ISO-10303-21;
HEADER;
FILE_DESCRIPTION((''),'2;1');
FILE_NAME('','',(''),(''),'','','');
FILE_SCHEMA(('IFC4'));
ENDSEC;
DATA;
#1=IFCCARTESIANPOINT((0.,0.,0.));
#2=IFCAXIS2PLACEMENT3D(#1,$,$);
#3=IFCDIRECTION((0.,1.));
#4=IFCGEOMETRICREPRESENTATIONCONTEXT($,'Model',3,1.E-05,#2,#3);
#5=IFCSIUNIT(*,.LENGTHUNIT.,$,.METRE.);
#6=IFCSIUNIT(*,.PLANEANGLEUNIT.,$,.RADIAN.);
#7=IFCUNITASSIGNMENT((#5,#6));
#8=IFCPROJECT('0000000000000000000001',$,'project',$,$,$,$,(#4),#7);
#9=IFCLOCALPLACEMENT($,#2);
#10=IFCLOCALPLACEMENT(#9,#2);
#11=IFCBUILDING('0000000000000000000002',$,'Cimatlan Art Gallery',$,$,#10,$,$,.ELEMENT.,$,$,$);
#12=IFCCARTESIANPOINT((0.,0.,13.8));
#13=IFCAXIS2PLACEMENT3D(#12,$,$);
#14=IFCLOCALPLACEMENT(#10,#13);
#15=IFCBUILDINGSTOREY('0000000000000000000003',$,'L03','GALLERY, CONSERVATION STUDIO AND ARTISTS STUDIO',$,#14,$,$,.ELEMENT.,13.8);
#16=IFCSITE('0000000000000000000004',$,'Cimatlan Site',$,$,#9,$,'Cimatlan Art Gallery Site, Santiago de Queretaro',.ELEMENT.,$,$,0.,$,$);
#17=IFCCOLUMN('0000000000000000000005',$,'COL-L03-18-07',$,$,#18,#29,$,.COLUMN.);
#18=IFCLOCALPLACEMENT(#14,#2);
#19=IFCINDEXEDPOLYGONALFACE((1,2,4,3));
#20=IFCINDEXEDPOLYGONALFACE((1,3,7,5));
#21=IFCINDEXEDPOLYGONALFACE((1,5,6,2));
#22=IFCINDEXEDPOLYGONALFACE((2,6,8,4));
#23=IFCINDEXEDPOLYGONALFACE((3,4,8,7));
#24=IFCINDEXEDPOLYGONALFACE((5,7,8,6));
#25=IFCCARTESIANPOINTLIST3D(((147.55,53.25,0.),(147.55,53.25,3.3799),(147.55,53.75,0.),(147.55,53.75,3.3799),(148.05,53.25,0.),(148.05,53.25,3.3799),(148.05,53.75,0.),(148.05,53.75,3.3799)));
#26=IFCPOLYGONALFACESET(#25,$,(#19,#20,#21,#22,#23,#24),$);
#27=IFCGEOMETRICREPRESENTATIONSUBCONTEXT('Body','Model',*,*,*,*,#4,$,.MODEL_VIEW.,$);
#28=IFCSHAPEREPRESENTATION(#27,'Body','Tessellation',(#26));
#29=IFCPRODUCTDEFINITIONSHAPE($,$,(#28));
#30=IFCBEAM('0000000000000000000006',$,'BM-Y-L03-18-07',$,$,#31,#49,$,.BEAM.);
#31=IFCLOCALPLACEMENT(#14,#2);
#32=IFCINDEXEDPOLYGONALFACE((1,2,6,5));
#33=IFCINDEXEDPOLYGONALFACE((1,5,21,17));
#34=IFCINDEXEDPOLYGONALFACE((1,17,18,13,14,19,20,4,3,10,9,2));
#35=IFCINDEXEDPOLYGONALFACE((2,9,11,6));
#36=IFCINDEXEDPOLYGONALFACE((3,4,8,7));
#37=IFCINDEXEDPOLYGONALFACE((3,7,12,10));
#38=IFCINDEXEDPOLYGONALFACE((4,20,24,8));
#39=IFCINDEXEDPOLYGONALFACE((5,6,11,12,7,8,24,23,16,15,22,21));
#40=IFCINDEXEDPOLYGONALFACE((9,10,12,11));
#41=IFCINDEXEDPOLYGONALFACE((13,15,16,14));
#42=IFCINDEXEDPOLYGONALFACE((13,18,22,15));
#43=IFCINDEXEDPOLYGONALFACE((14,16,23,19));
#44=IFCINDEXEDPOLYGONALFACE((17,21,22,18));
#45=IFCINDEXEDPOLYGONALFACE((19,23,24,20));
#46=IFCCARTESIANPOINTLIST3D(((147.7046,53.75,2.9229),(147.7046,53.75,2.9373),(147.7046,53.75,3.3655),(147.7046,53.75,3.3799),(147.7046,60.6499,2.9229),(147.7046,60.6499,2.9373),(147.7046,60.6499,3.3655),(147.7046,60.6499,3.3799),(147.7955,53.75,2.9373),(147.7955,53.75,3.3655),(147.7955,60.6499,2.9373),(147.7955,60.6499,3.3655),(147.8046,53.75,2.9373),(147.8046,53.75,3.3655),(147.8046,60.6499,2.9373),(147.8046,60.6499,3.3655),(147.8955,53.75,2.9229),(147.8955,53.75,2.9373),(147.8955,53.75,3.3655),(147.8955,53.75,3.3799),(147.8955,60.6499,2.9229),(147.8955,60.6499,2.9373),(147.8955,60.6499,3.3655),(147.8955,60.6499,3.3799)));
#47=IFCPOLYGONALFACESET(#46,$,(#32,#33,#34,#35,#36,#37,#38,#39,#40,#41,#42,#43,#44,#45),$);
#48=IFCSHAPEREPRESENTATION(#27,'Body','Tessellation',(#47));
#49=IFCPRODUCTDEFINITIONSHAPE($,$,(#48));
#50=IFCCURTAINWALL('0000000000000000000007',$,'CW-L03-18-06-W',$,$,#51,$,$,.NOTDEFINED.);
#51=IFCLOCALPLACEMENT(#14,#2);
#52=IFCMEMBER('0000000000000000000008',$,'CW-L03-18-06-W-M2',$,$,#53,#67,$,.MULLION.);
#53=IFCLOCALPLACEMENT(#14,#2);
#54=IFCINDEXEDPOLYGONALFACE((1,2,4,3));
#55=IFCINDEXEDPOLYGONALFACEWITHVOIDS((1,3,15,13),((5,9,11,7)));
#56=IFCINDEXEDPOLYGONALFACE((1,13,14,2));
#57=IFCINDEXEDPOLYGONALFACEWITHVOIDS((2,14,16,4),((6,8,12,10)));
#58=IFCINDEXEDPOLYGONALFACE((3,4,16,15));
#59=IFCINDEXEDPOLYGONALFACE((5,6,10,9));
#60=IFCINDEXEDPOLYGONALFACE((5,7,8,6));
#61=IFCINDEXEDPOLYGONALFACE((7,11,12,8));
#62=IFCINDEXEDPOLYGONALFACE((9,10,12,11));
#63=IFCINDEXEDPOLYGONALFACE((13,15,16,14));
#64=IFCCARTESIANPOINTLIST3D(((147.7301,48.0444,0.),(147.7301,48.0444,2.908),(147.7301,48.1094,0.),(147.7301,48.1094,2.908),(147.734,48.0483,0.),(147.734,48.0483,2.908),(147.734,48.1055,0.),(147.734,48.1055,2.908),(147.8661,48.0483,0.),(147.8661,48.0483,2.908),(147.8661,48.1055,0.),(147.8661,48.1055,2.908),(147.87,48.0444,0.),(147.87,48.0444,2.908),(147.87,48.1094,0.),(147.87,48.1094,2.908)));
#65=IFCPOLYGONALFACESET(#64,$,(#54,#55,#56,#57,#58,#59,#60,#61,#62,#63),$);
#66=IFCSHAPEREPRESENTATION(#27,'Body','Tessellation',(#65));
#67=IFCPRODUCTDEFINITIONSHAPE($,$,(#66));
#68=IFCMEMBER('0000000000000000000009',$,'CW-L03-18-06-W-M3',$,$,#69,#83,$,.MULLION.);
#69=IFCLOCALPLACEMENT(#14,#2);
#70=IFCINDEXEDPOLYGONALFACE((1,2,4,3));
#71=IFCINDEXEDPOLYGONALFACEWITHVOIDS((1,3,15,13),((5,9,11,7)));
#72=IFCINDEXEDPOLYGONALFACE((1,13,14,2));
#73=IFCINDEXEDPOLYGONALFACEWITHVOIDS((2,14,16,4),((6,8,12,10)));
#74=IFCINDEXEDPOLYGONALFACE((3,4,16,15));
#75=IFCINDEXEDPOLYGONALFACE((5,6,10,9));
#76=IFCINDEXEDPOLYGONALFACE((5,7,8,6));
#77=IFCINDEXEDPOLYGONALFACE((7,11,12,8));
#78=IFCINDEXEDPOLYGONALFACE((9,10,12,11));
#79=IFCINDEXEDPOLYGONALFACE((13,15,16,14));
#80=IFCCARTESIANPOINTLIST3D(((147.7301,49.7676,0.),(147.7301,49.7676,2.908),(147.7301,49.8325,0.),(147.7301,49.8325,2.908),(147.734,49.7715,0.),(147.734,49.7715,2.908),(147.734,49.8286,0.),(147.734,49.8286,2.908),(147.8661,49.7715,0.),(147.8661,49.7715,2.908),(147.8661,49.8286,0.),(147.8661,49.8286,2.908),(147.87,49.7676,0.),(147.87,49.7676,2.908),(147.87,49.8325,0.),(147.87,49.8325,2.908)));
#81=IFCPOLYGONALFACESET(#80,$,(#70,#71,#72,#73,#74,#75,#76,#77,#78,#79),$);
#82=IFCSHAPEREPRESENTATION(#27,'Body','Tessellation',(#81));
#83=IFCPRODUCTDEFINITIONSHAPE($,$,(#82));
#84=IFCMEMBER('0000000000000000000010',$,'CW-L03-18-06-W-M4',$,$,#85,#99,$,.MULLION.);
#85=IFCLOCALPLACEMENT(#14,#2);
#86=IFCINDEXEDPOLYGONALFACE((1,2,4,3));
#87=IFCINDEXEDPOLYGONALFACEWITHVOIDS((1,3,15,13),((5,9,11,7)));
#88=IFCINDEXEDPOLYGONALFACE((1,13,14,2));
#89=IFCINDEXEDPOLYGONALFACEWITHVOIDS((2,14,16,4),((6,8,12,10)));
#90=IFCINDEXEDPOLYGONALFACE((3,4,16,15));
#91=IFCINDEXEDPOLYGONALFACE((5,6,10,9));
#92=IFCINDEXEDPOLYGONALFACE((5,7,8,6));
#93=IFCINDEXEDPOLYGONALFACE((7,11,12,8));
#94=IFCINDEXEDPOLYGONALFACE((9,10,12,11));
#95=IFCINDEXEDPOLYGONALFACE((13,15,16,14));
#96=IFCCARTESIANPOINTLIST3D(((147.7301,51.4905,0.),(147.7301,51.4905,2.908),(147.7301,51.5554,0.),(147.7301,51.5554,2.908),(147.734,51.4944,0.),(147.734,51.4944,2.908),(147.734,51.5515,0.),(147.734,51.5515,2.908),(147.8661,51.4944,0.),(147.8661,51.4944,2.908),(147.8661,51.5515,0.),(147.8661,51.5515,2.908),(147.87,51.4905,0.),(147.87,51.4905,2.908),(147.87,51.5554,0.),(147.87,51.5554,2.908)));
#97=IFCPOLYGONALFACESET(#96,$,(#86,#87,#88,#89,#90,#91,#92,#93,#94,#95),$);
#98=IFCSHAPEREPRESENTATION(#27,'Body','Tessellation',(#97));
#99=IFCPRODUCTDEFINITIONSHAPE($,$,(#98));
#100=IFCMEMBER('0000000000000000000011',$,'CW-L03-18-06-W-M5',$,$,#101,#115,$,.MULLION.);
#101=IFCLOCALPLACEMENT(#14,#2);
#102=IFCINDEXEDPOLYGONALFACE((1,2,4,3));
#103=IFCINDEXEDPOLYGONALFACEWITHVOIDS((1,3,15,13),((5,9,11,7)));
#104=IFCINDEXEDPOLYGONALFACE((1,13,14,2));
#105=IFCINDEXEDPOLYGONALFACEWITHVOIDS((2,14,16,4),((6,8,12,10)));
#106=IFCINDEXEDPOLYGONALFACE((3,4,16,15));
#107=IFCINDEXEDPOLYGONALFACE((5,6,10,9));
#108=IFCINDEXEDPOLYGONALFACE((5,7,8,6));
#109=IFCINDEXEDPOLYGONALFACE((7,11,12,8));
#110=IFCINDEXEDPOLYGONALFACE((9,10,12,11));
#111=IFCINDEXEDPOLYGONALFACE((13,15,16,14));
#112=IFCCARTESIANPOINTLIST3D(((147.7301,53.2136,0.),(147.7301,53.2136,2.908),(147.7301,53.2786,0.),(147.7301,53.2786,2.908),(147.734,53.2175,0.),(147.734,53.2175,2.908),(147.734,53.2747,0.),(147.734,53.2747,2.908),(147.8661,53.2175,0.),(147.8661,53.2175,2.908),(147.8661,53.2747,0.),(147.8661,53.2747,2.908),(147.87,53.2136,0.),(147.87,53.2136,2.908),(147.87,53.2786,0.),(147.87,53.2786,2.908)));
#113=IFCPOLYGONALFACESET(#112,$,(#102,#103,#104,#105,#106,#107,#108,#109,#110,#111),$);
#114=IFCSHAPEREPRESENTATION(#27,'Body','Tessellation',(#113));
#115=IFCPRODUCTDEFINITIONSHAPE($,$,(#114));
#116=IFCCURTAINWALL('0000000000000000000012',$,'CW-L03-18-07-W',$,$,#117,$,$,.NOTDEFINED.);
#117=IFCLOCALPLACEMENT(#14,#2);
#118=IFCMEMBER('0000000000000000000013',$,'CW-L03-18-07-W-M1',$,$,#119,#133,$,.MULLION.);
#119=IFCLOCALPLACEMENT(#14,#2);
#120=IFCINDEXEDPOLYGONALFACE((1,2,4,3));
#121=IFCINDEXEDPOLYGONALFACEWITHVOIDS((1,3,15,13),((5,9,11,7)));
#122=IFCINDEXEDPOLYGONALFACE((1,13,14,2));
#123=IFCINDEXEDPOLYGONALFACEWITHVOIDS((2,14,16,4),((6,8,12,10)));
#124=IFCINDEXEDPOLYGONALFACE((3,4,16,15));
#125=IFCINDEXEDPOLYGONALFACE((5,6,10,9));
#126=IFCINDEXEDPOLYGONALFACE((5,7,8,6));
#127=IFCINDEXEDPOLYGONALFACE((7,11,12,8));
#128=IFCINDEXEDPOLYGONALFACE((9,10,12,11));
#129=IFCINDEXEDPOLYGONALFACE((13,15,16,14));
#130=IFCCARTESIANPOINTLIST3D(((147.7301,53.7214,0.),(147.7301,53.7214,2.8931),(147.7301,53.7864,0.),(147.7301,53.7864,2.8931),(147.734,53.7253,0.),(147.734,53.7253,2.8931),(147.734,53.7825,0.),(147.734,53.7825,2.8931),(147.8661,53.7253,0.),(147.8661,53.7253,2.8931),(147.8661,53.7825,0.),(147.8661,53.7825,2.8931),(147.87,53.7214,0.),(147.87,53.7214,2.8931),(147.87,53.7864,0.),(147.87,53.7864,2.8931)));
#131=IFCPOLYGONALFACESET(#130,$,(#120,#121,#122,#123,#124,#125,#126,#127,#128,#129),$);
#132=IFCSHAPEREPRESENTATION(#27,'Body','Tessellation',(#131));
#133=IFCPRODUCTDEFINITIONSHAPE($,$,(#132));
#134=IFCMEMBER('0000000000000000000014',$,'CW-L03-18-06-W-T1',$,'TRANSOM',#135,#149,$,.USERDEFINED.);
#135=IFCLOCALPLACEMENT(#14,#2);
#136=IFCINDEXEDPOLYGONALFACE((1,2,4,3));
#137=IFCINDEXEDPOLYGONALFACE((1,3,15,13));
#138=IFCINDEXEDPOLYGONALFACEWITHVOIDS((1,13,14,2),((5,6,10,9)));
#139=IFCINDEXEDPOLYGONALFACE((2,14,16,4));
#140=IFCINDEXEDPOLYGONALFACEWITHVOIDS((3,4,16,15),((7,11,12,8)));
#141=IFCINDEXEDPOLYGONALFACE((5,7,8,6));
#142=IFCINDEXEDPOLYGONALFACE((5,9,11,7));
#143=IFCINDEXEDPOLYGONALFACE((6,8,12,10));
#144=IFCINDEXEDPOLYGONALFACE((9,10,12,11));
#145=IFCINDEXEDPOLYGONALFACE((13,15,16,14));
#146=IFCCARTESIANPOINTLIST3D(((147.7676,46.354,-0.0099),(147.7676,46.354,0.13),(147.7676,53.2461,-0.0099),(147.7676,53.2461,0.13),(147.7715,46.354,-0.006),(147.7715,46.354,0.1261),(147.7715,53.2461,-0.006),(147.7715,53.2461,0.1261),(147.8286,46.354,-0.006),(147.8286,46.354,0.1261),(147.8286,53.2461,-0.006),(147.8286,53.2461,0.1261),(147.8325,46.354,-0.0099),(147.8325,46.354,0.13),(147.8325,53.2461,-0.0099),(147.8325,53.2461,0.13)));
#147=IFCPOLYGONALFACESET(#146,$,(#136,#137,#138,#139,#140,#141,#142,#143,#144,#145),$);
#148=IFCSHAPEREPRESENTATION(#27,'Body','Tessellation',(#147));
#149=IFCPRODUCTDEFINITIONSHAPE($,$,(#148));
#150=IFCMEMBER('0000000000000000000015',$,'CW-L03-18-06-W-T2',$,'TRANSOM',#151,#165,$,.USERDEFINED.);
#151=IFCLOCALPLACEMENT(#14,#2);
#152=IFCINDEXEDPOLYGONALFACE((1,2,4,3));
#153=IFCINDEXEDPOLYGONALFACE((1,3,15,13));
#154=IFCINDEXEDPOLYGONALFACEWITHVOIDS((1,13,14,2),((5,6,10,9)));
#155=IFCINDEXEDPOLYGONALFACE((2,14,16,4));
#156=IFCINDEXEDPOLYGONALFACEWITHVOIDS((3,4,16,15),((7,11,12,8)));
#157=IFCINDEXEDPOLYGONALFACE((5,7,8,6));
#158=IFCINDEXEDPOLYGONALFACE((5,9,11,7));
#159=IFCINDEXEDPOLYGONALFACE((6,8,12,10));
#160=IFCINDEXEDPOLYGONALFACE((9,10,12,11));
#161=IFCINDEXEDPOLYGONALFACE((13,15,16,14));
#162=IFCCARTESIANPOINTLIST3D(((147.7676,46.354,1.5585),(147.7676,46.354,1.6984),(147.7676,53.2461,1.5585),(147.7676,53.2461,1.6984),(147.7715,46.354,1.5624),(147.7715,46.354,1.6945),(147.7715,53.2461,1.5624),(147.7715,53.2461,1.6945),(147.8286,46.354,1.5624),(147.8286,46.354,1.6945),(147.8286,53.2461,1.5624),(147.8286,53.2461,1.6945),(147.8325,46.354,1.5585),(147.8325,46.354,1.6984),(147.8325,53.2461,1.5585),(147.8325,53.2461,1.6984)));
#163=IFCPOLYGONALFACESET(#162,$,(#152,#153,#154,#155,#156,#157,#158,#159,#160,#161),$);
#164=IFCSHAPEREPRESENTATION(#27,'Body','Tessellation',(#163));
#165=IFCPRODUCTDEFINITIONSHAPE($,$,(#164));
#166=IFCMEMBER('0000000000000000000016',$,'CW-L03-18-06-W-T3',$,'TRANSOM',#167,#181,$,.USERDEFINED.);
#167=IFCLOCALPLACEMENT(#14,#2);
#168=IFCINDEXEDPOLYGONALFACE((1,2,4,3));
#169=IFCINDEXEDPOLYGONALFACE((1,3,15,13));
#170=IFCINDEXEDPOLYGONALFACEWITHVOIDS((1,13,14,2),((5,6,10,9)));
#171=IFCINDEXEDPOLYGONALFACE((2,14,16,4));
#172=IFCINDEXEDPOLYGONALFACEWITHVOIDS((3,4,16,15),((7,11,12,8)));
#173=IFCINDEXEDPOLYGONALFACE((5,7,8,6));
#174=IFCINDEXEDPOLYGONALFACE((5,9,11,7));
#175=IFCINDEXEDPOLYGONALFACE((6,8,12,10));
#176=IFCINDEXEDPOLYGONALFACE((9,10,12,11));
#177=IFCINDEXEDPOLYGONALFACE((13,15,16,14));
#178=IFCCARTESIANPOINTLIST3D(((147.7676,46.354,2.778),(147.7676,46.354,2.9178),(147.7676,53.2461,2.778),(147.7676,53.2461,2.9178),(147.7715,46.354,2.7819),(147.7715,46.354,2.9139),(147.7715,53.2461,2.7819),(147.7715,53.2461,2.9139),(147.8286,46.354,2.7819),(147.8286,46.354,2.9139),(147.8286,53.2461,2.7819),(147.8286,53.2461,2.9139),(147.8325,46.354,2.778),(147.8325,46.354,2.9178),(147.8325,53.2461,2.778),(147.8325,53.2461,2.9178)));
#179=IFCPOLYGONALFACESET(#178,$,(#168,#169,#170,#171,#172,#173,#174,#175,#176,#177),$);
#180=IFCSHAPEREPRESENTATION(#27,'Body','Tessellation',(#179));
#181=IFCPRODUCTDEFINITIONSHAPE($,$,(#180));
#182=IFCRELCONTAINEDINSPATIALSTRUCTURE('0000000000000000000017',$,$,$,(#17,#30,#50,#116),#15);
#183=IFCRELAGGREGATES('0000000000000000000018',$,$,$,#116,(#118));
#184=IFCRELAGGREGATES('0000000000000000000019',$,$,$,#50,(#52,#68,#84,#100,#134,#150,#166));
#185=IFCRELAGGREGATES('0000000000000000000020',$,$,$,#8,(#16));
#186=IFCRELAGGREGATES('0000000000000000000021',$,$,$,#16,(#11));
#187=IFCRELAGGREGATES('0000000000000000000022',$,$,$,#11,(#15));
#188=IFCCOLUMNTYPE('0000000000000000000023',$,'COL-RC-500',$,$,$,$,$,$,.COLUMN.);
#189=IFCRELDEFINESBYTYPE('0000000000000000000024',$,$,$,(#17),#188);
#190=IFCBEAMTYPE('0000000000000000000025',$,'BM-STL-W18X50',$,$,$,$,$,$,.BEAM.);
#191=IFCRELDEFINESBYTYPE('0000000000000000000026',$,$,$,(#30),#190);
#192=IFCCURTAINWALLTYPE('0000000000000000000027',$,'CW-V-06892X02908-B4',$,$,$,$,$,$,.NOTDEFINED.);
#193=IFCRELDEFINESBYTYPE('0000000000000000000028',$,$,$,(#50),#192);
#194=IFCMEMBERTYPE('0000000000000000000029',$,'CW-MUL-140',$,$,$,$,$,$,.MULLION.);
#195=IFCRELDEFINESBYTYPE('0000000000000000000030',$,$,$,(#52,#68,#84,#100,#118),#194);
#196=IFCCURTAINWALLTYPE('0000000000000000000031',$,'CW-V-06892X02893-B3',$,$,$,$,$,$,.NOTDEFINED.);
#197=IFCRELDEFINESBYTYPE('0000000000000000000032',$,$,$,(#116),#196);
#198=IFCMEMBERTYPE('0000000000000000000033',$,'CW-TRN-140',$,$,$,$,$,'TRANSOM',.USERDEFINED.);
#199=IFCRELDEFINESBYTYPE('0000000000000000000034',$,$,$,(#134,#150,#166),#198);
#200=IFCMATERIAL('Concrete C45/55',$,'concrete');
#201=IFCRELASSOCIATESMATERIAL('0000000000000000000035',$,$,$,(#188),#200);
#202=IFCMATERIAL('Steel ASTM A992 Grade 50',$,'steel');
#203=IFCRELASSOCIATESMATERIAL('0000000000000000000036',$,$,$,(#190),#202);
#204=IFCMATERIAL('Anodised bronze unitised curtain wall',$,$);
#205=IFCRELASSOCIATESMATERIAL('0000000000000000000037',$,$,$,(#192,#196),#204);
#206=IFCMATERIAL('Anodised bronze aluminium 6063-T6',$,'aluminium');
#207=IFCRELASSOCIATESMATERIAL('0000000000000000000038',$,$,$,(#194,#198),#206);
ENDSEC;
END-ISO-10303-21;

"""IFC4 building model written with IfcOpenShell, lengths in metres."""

from ifc_helpers import new_model, si_unit, direction, frame, origin, origin_2d, place, context, subcontext, project, spatial, rectangle, hollow_rectangle, i_section, extrude, material, material_profile, profile_set, type_object, element, aggregate, save


model = new_model("IFC4")

# Units and contexts
model_context = context("Model", 3, precision=1e-05, world=origin(), true_north=direction((0.0, 1.0)))
body_context = subcontext(model_context, "Body", "Model", "MODEL_VIEW")
ifc_project = project(units=[si_unit("LENGTHUNIT", "METRE"), si_unit("PLANEANGLEUNIT", "RADIAN")], contexts=[model_context])

# Site, building, storey
site_placement = place(None, origin())
site = spatial("IfcSite", under=ifc_project, at=site_placement, Name="Cimatlan Site", LongName="Cimatlan Art Gallery Site, Santiago de Queretaro", CompositionType="ELEMENT", RefElevation=0.0)
building_placement = place(site_placement, origin())
building = spatial("IfcBuilding", under=site, at=building_placement, Name="Cimatlan Art Gallery", CompositionType="ELEMENT")
storey_placement = place(building_placement, frame((0.0, 0.0, 13.8)))
storey = spatial("IfcBuildingStorey", under=building, at=storey_placement, Name="L03", Description="GALLERY, CONSERVATION STUDIO AND ARTISTS STUDIO", CompositionType="ELEMENT", Elevation=13.8)

# Column
ifc_material_1 = material(Name="Concrete C45/55", Category="concrete")
ifc_material_profile_1 = material_profile(ifc_material_1, rectangle(XDim=0.5, YDim=0.5, at=origin_2d()), Name="RC500X500")
ifc_profile_set_1 = profile_set([ifc_material_profile_1], Name="Concrete C45/55")
column_type = type_object("IfcColumnType", Name="COL-RC-500", PredefinedType="COLUMN", material=ifc_profile_set_1)
column_placement = place(storey_placement, frame((147.8, 53.5, 0.0), z_axis=(0.0, 0.0, 1.0), x_axis=(1.0, 0.0, 0.0)))
element("IfcColumn", 1, at=column_placement, inside=storey, type_object=column_type, Name="COL-L03-18-07", PredefinedType="COLUMN", context=body_context, shape_type="SweptSolid", body=[
    extrude(rectangle(XDim=0.5, YDim=0.5, at=origin_2d()), origin(), (0.0, 0.0, 1.0), 3.3799),
])

# Beam
ifc_material_2 = material(Name="Steel ASTM A992 Grade 50", Category="steel")
ifc_material_profile_2 = material_profile(ifc_material_2, i_section(OverallWidth=0.1909, OverallDepth=0.457, WebThickness=0.009, FlangeThickness=0.0144, at=origin_2d()), Name="W18X50")
ifc_profile_set_2 = profile_set([ifc_material_profile_2], Name="Steel ASTM A992 Grade 50")
beam_type = type_object("IfcBeamType", Name="BM-STL-W18X50", PredefinedType="BEAM", material=ifc_profile_set_2)
beam_placement = place(storey_placement, frame((147.8, 53.75, 3.1514), z_axis=(0.0, 1.0, 0.0), x_axis=(-1.0, 0.0, 0.0)))
element("IfcBeam", 2, at=beam_placement, inside=storey, type_object=beam_type, Name="BM-Y-L03-18-07", PredefinedType="BEAM", context=body_context, shape_type="SweptSolid", body=[
    extrude(i_section(OverallWidth=0.1909, OverallDepth=0.457, WebThickness=0.009, FlangeThickness=0.0144, at=origin_2d()), origin(), (0.0, 0.0, 1.0), 6.8999),
])

# Curtain wall, members
ifc_material_3 = material(Name="Anodised bronze unitised curtain wall")
curtain_wall_type_1 = type_object("IfcCurtainWallType", Name="CW-V-06892X02908-B4", PredefinedType="NOTDEFINED", material=ifc_material_3)
curtain_wall_1_placement = place(storey_placement, origin())
curtain_wall_1 = element("IfcCurtainWall", 3, at=curtain_wall_1_placement, inside=storey, type_object=curtain_wall_type_1, Name="CW-L03-18-06-W", PredefinedType="NOTDEFINED")
ifc_material_4 = material(Name="Anodised bronze aluminium 6063-T6", Category="aluminium")
ifc_material_profile_3 = material_profile(ifc_material_4, hollow_rectangle(XDim=0.0649, YDim=0.1399, WallThickness=0.0039, at=origin_2d()), Name="ALU65X140X4")
ifc_profile_set_3 = profile_set([ifc_material_profile_3], Name="Anodised bronze aluminium 6063-T6")
member_type_1 = type_object("IfcMemberType", Name="CW-MUL-140", PredefinedType="MULLION", material=ifc_profile_set_3)
member_1_placement = place(storey_placement, frame((147.8, 48.0769, 0.0), z_axis=(0.0, 0.0, 1.0), x_axis=(0.0, 1.0, 0.0)))
member_1 = element("IfcMember", 4, at=member_1_placement, type_object=member_type_1, Name="CW-L03-18-06-W-M2", PredefinedType="MULLION", context=body_context, shape_type="SweptSolid", body=[
    extrude(hollow_rectangle(XDim=0.0649, YDim=0.1399, WallThickness=0.0039, at=origin_2d()), origin(), (0.0, 0.0, 1.0), 2.908),
])
member_2_placement = place(storey_placement, frame((147.8, 49.8, 0.0), z_axis=(0.0, 0.0, 1.0), x_axis=(0.0, 1.0, 0.0)))
member_2 = element("IfcMember", 5, at=member_2_placement, type_object=member_type_1, Name="CW-L03-18-06-W-M3", PredefinedType="MULLION", context=body_context, shape_type="SweptSolid", body=[
    extrude(hollow_rectangle(XDim=0.0649, YDim=0.1399, WallThickness=0.0039, at=origin_2d()), origin(), (0.0, 0.0, 1.0), 2.908),
])
member_3_placement = place(storey_placement, frame((147.8, 51.5229, 0.0), z_axis=(0.0, 0.0, 1.0), x_axis=(0.0, 1.0, 0.0)))
member_3 = element("IfcMember", 6, at=member_3_placement, type_object=member_type_1, Name="CW-L03-18-06-W-M4", PredefinedType="MULLION", context=body_context, shape_type="SweptSolid", body=[
    extrude(hollow_rectangle(XDim=0.0649, YDim=0.1399, WallThickness=0.0039, at=origin_2d()), origin(), (0.0, 0.0, 1.0), 2.908),
])
member_4_placement = place(storey_placement, frame((147.8, 53.2461, 0.0), z_axis=(0.0, 0.0, 1.0), x_axis=(0.0, 1.0, 0.0)))
member_4 = element("IfcMember", 7, at=member_4_placement, type_object=member_type_1, Name="CW-L03-18-06-W-M5", PredefinedType="MULLION", context=body_context, shape_type="SweptSolid", body=[
    extrude(hollow_rectangle(XDim=0.0649, YDim=0.1399, WallThickness=0.0039, at=origin_2d()), origin(), (0.0, 0.0, 1.0), 2.908),
])

# Curtain wall, member
curtain_wall_type_2 = type_object("IfcCurtainWallType", Name="CW-V-06892X02893-B3", PredefinedType="NOTDEFINED", material=ifc_material_3)
curtain_wall_2_placement = place(storey_placement, origin())
curtain_wall_2 = element("IfcCurtainWall", 8, at=curtain_wall_2_placement, inside=storey, type_object=curtain_wall_type_2, Name="CW-L03-18-07-W", PredefinedType="NOTDEFINED")
member_5_placement = place(storey_placement, frame((147.8, 53.7539, 0.0), z_axis=(0.0, 0.0, 1.0), x_axis=(0.0, 1.0, 0.0)))
member_5 = element("IfcMember", 9, at=member_5_placement, type_object=member_type_1, Name="CW-L03-18-07-W-M1", PredefinedType="MULLION", context=body_context, shape_type="SweptSolid", body=[
    extrude(hollow_rectangle(XDim=0.0649, YDim=0.1399, WallThickness=0.0039, at=origin_2d()), origin(), (0.0, 0.0, 1.0), 2.8931),
])

# Members
ifc_material_profile_4 = material_profile(ifc_material_4, hollow_rectangle(XDim=0.0649, YDim=0.1399, WallThickness=0.0039, at=origin_2d()), Name="ALU65X140X4")
ifc_profile_set_4 = profile_set([ifc_material_profile_4], Name="Anodised bronze aluminium 6063-T6")
member_type_2 = type_object("IfcMemberType", Name="CW-TRN-140", ElementType="TRANSOM", PredefinedType="USERDEFINED", material=ifc_profile_set_4)
member_6_placement = place(storey_placement, frame((147.8, 46.354, 0.0601), z_axis=(0.0, 1.0, 0.0), x_axis=(-1.0, 0.0, 0.0)))
member_6 = element("IfcMember", 10, at=member_6_placement, type_object=member_type_2, Name="CW-L03-18-06-W-T1", ObjectType="TRANSOM", PredefinedType="USERDEFINED", context=body_context, shape_type="SweptSolid", body=[
    extrude(hollow_rectangle(XDim=0.0649, YDim=0.1399, WallThickness=0.0039, at=origin_2d()), origin(), (0.0, 0.0, 1.0), 6.8921),
])
member_7_placement = place(storey_placement, frame((147.8, 46.354, 1.6284), z_axis=(0.0, 1.0, 0.0), x_axis=(-1.0, 0.0, 0.0)))
member_7 = element("IfcMember", 11, at=member_7_placement, type_object=member_type_2, Name="CW-L03-18-06-W-T2", ObjectType="TRANSOM", PredefinedType="USERDEFINED", context=body_context, shape_type="SweptSolid", body=[
    extrude(hollow_rectangle(XDim=0.0649, YDim=0.1399, WallThickness=0.0039, at=origin_2d()), origin(), (0.0, 0.0, 1.0), 6.8921),
])
member_8_placement = place(storey_placement, frame((147.8, 46.354, 2.8479), z_axis=(0.0, 1.0, 0.0), x_axis=(-1.0, 0.0, 0.0)))
member_8 = element("IfcMember", 12, at=member_8_placement, type_object=member_type_2, Name="CW-L03-18-06-W-T3", ObjectType="TRANSOM", PredefinedType="USERDEFINED", context=body_context, shape_type="SweptSolid", body=[
    extrude(hollow_rectangle(XDim=0.0649, YDim=0.1399, WallThickness=0.0039, at=origin_2d()), origin(), (0.0, 0.0, 1.0), 6.8921),
])
aggregate(curtain_wall_2, [member_5])

aggregate(curtain_wall_1, [member_1, member_2, member_3, member_4, member_6, member_7, member_8])

save(model, "model.ifc")
